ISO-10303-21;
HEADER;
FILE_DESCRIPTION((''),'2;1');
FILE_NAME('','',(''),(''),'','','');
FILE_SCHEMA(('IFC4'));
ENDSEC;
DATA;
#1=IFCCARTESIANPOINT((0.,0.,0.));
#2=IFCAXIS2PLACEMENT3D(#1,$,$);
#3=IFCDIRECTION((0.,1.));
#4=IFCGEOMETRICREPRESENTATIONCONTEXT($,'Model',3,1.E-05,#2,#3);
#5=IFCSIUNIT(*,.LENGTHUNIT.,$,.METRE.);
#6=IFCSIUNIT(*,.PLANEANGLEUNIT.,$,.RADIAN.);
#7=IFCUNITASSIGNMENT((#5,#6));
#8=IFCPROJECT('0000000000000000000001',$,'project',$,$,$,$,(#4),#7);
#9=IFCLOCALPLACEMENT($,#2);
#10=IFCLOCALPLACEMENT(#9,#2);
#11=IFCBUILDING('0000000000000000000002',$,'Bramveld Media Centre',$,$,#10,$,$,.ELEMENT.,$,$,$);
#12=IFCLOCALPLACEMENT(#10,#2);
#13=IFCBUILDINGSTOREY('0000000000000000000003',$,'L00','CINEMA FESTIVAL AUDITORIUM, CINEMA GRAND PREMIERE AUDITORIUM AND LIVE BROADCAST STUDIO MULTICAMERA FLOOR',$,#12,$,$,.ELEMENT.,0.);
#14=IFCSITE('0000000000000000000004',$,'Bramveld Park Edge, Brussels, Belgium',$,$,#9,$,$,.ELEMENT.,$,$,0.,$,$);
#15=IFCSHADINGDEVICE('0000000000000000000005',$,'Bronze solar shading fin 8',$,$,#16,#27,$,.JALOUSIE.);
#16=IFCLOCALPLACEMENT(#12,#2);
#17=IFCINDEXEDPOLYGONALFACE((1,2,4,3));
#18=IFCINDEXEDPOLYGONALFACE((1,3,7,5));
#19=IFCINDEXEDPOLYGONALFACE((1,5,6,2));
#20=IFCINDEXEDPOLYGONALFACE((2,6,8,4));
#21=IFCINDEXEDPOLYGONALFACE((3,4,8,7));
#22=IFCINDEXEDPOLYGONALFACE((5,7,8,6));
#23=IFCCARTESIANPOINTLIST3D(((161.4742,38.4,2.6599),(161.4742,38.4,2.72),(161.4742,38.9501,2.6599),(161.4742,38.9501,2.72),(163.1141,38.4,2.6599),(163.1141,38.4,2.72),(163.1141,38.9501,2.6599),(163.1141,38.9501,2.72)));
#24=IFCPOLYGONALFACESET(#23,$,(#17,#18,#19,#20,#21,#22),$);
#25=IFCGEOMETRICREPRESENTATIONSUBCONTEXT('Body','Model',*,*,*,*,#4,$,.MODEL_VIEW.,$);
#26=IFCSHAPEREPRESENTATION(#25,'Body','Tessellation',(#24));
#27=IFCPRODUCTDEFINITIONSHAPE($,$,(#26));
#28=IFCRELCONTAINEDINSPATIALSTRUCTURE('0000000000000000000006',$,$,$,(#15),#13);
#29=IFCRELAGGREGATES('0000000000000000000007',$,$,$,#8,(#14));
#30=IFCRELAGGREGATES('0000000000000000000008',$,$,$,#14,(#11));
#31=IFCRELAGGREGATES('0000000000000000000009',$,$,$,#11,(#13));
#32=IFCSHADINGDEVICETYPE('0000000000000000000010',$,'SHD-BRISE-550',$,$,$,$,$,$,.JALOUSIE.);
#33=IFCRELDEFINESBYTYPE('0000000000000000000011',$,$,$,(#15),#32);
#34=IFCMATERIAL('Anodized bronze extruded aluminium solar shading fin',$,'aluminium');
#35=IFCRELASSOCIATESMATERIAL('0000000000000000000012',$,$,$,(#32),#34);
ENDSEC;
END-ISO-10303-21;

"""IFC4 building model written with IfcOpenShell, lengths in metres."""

from ifc_helpers import new_model, si_unit, direction, frame, origin, origin_2d, place, context, subcontext, project, spatial, rectangle, extrude, material, type_object, element, save


model = new_model("IFC4")

# Units and contexts
model_context = context("Model", 3, precision=1e-05, world=origin(), true_north=direction((0.0, 1.0)))
body_context = subcontext(model_context, "Body", "Model", "MODEL_VIEW")
ifc_project = project(units=[si_unit("LENGTHUNIT", "METRE"), si_unit("PLANEANGLEUNIT", "RADIAN")], contexts=[model_context])

# Site, building, storey
site_placement = place(None, origin())
site = spatial("IfcSite", under=ifc_project, at=site_placement, Name="Bramveld Park Edge, Brussels, Belgium", CompositionType="ELEMENT", RefElevation=0.0)
building_placement = place(site_placement, origin())
building = spatial("IfcBuilding", under=site, at=building_placement, Name="Bramveld Media Centre", CompositionType="ELEMENT")
storey_placement = place(building_placement, origin())
storey = spatial("IfcBuildingStorey", under=building, at=storey_placement, Name="L00", Description="CINEMA FESTIVAL AUDITORIUM, CINEMA GRAND PREMIERE AUDITORIUM AND LIVE BROADCAST STUDIO MULTICAMERA FLOOR", CompositionType="ELEMENT", Elevation=0.0)

# Shading device
ifc_material_1 = material(Name="Anodized bronze extruded aluminium solar shading fin", Category="aluminium")
shading_device_type_1 = type_object("IfcShadingDeviceType", Name="SHD-BRISE-550", PredefinedType="JALOUSIE", material=ifc_material_1)
shading_device_1_placement = place(storey_placement, frame((162.2942, 38.675, 2.6599), z_axis=(0.0, 0.0, 1.0), x_axis=(1.0, 0.0, 0.0)))
element("IfcShadingDevice", 1, at=shading_device_1_placement, inside=storey, type_object=shading_device_type_1, Name="Bronze solar shading fin 8", PredefinedType="JALOUSIE", context=body_context, shape_type="SweptSolid", body=[
    extrude(rectangle(XDim=1.6399, YDim=0.55, at=origin_2d()), origin(), (0.0, 0.0, 1.0), 0.0601),
])

save(model, "model.ifc")
